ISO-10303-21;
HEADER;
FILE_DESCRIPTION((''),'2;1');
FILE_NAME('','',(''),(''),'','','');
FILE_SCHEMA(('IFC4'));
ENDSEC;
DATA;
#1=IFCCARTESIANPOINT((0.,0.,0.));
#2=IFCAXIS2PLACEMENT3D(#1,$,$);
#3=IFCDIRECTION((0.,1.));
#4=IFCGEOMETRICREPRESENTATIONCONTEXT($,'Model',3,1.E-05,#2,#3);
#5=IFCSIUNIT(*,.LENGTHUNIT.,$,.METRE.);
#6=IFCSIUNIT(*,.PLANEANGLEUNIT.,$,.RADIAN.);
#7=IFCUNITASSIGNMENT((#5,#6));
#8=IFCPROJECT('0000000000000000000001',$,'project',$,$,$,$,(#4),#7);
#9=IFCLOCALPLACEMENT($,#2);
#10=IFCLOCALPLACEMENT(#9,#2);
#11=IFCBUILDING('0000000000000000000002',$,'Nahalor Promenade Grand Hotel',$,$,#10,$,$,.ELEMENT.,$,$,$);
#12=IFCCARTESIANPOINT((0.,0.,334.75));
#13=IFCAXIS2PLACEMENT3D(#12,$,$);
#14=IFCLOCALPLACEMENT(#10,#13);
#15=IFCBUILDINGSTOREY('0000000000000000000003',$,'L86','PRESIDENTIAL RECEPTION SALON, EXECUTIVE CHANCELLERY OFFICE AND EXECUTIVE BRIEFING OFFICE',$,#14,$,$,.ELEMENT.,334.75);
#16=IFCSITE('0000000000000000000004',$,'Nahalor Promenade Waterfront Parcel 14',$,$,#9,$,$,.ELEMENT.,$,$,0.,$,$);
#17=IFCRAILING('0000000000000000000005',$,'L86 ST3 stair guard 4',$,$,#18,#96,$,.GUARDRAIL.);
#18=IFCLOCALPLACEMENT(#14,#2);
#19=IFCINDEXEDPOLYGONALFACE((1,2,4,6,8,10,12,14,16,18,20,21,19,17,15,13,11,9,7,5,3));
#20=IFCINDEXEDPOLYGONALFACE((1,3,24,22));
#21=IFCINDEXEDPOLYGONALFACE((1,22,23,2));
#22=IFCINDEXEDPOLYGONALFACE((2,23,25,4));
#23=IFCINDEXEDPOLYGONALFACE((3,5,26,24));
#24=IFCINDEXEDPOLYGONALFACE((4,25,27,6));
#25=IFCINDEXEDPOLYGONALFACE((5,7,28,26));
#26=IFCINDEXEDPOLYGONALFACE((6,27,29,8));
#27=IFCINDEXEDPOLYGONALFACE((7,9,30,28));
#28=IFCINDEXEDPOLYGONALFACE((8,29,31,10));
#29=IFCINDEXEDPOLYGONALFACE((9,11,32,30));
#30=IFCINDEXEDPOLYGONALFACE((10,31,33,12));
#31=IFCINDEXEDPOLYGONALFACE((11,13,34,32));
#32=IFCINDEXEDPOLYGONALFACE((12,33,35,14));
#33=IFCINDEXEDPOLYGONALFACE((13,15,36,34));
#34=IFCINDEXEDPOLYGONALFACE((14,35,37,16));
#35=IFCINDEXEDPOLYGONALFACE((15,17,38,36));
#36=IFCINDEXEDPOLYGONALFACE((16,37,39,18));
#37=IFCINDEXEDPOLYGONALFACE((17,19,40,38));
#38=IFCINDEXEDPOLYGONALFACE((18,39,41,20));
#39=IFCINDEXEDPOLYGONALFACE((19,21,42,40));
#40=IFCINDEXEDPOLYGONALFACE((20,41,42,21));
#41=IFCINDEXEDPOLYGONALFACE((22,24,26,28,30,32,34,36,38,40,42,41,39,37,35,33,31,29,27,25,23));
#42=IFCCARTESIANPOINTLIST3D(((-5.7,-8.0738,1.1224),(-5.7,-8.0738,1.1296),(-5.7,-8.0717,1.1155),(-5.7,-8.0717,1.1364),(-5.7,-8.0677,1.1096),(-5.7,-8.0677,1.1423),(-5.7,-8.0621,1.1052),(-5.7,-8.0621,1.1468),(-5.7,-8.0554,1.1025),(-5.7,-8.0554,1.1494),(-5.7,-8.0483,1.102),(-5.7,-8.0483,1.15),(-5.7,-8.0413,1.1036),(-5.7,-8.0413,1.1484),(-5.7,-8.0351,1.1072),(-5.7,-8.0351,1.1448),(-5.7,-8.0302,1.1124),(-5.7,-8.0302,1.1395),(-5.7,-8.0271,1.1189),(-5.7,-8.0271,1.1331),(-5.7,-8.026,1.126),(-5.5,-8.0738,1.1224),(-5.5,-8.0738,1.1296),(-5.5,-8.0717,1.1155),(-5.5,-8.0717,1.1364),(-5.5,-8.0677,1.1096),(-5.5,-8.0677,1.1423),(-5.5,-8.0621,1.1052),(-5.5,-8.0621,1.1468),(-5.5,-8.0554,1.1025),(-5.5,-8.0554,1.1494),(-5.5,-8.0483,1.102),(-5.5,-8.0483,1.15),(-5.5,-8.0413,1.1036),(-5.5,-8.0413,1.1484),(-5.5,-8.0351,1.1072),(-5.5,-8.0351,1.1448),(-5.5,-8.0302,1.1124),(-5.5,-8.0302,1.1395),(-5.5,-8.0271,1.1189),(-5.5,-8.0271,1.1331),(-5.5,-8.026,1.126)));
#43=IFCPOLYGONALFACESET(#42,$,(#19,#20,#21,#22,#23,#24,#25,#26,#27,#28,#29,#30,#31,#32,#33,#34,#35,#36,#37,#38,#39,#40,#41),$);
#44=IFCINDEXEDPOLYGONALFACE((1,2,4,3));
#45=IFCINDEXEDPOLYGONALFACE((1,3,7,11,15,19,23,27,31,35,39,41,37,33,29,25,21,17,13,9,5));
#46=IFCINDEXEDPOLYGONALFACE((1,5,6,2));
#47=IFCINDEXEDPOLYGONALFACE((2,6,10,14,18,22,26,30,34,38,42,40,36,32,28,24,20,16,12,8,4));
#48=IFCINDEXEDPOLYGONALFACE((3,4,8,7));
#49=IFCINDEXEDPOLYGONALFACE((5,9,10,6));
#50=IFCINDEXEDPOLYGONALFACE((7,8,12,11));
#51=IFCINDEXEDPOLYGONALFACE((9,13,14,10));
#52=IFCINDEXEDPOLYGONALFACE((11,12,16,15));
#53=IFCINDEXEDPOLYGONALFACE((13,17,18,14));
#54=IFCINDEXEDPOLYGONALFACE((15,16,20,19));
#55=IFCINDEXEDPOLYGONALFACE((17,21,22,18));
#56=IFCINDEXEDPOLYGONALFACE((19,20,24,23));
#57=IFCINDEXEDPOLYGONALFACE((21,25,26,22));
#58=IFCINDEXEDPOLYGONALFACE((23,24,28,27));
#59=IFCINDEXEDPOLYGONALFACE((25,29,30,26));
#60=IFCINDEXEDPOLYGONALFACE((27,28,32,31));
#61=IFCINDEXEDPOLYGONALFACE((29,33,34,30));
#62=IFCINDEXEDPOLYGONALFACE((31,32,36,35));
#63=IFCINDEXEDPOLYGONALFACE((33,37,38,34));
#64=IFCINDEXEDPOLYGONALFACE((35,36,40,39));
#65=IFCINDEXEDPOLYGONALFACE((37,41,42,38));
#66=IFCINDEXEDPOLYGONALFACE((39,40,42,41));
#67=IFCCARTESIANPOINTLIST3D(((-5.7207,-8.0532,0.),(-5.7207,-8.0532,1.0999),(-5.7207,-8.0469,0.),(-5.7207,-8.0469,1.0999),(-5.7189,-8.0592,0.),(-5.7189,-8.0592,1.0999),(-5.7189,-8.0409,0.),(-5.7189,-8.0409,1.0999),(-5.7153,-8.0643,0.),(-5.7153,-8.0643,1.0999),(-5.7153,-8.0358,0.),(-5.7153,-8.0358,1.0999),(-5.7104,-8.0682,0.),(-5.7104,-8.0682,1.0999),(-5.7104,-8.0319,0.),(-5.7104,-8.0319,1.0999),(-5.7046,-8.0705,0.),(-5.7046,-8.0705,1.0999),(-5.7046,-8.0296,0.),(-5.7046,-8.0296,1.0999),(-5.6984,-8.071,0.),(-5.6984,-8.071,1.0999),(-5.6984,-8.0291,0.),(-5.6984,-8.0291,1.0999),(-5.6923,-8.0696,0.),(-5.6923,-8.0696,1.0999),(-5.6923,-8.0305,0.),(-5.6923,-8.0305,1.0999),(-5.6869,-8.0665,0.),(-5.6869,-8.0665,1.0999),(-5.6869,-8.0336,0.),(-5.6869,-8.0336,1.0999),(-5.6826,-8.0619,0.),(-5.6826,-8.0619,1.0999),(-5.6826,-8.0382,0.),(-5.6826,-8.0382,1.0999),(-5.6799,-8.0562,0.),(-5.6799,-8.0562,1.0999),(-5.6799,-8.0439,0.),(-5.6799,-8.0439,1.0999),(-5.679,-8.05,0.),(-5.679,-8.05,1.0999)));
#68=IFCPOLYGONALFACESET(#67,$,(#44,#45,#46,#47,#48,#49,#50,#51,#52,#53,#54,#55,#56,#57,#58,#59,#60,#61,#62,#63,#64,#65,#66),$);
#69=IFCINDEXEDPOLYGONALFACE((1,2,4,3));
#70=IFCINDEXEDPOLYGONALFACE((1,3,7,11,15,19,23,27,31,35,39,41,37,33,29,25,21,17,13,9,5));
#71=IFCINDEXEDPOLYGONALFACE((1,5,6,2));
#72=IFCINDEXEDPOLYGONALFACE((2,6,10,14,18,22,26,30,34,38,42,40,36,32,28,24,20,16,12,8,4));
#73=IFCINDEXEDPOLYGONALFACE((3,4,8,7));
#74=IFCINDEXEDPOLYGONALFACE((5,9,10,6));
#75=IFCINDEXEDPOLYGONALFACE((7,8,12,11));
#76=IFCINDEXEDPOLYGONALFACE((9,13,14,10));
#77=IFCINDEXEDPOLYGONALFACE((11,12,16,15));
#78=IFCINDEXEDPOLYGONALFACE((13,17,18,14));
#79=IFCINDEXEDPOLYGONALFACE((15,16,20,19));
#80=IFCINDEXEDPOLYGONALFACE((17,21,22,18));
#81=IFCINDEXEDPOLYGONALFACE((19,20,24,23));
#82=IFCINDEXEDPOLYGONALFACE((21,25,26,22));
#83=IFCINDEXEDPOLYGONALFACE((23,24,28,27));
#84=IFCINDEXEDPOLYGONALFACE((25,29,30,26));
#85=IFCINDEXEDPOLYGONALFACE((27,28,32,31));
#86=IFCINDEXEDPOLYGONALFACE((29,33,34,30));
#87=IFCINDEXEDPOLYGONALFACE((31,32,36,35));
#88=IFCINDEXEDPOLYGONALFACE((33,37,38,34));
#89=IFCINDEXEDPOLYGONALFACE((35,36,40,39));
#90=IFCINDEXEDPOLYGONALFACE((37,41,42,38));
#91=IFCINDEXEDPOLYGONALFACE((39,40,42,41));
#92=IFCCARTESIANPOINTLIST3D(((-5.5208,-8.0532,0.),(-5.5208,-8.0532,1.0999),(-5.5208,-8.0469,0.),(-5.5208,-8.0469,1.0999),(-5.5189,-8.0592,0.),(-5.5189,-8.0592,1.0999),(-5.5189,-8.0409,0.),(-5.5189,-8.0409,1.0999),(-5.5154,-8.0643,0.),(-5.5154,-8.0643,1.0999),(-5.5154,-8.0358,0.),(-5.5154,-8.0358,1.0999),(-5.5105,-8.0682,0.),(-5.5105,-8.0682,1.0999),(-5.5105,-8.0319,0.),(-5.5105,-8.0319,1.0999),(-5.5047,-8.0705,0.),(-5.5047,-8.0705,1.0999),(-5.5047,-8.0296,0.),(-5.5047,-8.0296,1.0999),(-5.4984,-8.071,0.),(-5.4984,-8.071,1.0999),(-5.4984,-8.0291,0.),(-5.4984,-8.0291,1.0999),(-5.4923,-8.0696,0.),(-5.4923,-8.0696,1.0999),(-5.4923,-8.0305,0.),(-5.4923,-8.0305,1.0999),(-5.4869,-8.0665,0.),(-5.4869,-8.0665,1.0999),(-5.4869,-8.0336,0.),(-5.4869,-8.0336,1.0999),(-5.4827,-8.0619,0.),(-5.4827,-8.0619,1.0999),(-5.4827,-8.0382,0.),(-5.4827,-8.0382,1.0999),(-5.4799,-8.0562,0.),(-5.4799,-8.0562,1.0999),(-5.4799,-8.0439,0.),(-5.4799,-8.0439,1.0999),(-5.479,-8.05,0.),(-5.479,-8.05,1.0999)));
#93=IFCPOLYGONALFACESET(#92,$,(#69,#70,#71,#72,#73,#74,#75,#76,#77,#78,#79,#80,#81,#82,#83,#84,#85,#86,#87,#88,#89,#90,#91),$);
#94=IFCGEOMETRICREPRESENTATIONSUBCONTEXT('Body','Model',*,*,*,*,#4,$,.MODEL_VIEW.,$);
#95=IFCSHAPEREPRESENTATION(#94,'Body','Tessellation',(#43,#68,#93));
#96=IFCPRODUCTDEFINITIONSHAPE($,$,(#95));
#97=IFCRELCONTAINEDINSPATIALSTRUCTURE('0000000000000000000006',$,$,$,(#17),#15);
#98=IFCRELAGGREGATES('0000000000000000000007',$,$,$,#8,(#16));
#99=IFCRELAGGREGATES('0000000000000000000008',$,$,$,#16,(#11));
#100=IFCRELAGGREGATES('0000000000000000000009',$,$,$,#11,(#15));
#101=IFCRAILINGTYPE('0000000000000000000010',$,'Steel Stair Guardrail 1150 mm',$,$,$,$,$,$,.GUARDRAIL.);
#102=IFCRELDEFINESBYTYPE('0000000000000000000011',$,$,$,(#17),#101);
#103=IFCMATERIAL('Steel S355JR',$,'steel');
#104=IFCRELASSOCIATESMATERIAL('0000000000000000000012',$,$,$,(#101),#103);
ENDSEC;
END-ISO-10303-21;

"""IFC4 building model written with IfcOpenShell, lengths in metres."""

from ifc_helpers import new_model, si_unit, direction, frame, origin, origin_2d, place, context, subcontext, project, spatial, circle, extrude, material, type_object, element, save


model = new_model("IFC4")

# Units and contexts
model_context = context("Model", 3, precision=1e-05, world=origin(), true_north=direction((0.0, 1.0)))
body_context = subcontext(model_context, "Body", "Model", "MODEL_VIEW")
ifc_project = project(units=[si_unit("LENGTHUNIT", "METRE"), si_unit("PLANEANGLEUNIT", "RADIAN")], contexts=[model_context])

# Site, building, storey
site_placement = place(None, origin())
site = spatial("IfcSite", under=ifc_project, at=site_placement, Name="Nahalor Promenade Waterfront Parcel 14", CompositionType="ELEMENT", RefElevation=0.0)
building_placement = place(site_placement, origin())
building = spatial("IfcBuilding", under=site, at=building_placement, Name="Nahalor Promenade Grand Hotel", CompositionType="ELEMENT")
storey_placement = place(building_placement, frame((0.0, 0.0, 334.75)))
storey = spatial("IfcBuildingStorey", under=building, at=storey_placement, Name="L86", Description="PRESIDENTIAL RECEPTION SALON, EXECUTIVE CHANCELLERY OFFICE AND EXECUTIVE BRIEFING OFFICE", CompositionType="ELEMENT", Elevation=334.75)

# Shared definitions
ifc_material_1 = material(Name="Steel S355JR", Category="steel")

# Railing
railing_type_1 = type_object("IfcRailingType", Name="Steel Stair Guardrail 1150 mm", PredefinedType="GUARDRAIL", material=ifc_material_1)
railing_1_placement = place(storey_placement, frame((-5.7, -8.05, 0.0)))
element("IfcRailing", 1, at=railing_1_placement, inside=storey, type_object=railing_type_1, Name="L86 ST3 stair guard 4", PredefinedType="GUARDRAIL", context=body_context, shape_type="SweptSolid", body=[
    extrude(circle(Radius=0.024, at=origin_2d()), frame((0.0, 0.0, 1.126), z_axis=(1.0, 0.0, 0.0), x_axis=(0.0, 1.0, 0.0)), (0.0, 0.0, 1.0), 0.2),
    extrude(circle(Radius=0.021, at=origin_2d()), origin(), (0.0, 0.0, 1.0), 1.0999),
    extrude(circle(Radius=0.021, at=origin_2d()), frame((0.2, 0.0, 0.0)), (0.0, 0.0, 1.0), 1.0999),
])

save(model, "model.ifc")
